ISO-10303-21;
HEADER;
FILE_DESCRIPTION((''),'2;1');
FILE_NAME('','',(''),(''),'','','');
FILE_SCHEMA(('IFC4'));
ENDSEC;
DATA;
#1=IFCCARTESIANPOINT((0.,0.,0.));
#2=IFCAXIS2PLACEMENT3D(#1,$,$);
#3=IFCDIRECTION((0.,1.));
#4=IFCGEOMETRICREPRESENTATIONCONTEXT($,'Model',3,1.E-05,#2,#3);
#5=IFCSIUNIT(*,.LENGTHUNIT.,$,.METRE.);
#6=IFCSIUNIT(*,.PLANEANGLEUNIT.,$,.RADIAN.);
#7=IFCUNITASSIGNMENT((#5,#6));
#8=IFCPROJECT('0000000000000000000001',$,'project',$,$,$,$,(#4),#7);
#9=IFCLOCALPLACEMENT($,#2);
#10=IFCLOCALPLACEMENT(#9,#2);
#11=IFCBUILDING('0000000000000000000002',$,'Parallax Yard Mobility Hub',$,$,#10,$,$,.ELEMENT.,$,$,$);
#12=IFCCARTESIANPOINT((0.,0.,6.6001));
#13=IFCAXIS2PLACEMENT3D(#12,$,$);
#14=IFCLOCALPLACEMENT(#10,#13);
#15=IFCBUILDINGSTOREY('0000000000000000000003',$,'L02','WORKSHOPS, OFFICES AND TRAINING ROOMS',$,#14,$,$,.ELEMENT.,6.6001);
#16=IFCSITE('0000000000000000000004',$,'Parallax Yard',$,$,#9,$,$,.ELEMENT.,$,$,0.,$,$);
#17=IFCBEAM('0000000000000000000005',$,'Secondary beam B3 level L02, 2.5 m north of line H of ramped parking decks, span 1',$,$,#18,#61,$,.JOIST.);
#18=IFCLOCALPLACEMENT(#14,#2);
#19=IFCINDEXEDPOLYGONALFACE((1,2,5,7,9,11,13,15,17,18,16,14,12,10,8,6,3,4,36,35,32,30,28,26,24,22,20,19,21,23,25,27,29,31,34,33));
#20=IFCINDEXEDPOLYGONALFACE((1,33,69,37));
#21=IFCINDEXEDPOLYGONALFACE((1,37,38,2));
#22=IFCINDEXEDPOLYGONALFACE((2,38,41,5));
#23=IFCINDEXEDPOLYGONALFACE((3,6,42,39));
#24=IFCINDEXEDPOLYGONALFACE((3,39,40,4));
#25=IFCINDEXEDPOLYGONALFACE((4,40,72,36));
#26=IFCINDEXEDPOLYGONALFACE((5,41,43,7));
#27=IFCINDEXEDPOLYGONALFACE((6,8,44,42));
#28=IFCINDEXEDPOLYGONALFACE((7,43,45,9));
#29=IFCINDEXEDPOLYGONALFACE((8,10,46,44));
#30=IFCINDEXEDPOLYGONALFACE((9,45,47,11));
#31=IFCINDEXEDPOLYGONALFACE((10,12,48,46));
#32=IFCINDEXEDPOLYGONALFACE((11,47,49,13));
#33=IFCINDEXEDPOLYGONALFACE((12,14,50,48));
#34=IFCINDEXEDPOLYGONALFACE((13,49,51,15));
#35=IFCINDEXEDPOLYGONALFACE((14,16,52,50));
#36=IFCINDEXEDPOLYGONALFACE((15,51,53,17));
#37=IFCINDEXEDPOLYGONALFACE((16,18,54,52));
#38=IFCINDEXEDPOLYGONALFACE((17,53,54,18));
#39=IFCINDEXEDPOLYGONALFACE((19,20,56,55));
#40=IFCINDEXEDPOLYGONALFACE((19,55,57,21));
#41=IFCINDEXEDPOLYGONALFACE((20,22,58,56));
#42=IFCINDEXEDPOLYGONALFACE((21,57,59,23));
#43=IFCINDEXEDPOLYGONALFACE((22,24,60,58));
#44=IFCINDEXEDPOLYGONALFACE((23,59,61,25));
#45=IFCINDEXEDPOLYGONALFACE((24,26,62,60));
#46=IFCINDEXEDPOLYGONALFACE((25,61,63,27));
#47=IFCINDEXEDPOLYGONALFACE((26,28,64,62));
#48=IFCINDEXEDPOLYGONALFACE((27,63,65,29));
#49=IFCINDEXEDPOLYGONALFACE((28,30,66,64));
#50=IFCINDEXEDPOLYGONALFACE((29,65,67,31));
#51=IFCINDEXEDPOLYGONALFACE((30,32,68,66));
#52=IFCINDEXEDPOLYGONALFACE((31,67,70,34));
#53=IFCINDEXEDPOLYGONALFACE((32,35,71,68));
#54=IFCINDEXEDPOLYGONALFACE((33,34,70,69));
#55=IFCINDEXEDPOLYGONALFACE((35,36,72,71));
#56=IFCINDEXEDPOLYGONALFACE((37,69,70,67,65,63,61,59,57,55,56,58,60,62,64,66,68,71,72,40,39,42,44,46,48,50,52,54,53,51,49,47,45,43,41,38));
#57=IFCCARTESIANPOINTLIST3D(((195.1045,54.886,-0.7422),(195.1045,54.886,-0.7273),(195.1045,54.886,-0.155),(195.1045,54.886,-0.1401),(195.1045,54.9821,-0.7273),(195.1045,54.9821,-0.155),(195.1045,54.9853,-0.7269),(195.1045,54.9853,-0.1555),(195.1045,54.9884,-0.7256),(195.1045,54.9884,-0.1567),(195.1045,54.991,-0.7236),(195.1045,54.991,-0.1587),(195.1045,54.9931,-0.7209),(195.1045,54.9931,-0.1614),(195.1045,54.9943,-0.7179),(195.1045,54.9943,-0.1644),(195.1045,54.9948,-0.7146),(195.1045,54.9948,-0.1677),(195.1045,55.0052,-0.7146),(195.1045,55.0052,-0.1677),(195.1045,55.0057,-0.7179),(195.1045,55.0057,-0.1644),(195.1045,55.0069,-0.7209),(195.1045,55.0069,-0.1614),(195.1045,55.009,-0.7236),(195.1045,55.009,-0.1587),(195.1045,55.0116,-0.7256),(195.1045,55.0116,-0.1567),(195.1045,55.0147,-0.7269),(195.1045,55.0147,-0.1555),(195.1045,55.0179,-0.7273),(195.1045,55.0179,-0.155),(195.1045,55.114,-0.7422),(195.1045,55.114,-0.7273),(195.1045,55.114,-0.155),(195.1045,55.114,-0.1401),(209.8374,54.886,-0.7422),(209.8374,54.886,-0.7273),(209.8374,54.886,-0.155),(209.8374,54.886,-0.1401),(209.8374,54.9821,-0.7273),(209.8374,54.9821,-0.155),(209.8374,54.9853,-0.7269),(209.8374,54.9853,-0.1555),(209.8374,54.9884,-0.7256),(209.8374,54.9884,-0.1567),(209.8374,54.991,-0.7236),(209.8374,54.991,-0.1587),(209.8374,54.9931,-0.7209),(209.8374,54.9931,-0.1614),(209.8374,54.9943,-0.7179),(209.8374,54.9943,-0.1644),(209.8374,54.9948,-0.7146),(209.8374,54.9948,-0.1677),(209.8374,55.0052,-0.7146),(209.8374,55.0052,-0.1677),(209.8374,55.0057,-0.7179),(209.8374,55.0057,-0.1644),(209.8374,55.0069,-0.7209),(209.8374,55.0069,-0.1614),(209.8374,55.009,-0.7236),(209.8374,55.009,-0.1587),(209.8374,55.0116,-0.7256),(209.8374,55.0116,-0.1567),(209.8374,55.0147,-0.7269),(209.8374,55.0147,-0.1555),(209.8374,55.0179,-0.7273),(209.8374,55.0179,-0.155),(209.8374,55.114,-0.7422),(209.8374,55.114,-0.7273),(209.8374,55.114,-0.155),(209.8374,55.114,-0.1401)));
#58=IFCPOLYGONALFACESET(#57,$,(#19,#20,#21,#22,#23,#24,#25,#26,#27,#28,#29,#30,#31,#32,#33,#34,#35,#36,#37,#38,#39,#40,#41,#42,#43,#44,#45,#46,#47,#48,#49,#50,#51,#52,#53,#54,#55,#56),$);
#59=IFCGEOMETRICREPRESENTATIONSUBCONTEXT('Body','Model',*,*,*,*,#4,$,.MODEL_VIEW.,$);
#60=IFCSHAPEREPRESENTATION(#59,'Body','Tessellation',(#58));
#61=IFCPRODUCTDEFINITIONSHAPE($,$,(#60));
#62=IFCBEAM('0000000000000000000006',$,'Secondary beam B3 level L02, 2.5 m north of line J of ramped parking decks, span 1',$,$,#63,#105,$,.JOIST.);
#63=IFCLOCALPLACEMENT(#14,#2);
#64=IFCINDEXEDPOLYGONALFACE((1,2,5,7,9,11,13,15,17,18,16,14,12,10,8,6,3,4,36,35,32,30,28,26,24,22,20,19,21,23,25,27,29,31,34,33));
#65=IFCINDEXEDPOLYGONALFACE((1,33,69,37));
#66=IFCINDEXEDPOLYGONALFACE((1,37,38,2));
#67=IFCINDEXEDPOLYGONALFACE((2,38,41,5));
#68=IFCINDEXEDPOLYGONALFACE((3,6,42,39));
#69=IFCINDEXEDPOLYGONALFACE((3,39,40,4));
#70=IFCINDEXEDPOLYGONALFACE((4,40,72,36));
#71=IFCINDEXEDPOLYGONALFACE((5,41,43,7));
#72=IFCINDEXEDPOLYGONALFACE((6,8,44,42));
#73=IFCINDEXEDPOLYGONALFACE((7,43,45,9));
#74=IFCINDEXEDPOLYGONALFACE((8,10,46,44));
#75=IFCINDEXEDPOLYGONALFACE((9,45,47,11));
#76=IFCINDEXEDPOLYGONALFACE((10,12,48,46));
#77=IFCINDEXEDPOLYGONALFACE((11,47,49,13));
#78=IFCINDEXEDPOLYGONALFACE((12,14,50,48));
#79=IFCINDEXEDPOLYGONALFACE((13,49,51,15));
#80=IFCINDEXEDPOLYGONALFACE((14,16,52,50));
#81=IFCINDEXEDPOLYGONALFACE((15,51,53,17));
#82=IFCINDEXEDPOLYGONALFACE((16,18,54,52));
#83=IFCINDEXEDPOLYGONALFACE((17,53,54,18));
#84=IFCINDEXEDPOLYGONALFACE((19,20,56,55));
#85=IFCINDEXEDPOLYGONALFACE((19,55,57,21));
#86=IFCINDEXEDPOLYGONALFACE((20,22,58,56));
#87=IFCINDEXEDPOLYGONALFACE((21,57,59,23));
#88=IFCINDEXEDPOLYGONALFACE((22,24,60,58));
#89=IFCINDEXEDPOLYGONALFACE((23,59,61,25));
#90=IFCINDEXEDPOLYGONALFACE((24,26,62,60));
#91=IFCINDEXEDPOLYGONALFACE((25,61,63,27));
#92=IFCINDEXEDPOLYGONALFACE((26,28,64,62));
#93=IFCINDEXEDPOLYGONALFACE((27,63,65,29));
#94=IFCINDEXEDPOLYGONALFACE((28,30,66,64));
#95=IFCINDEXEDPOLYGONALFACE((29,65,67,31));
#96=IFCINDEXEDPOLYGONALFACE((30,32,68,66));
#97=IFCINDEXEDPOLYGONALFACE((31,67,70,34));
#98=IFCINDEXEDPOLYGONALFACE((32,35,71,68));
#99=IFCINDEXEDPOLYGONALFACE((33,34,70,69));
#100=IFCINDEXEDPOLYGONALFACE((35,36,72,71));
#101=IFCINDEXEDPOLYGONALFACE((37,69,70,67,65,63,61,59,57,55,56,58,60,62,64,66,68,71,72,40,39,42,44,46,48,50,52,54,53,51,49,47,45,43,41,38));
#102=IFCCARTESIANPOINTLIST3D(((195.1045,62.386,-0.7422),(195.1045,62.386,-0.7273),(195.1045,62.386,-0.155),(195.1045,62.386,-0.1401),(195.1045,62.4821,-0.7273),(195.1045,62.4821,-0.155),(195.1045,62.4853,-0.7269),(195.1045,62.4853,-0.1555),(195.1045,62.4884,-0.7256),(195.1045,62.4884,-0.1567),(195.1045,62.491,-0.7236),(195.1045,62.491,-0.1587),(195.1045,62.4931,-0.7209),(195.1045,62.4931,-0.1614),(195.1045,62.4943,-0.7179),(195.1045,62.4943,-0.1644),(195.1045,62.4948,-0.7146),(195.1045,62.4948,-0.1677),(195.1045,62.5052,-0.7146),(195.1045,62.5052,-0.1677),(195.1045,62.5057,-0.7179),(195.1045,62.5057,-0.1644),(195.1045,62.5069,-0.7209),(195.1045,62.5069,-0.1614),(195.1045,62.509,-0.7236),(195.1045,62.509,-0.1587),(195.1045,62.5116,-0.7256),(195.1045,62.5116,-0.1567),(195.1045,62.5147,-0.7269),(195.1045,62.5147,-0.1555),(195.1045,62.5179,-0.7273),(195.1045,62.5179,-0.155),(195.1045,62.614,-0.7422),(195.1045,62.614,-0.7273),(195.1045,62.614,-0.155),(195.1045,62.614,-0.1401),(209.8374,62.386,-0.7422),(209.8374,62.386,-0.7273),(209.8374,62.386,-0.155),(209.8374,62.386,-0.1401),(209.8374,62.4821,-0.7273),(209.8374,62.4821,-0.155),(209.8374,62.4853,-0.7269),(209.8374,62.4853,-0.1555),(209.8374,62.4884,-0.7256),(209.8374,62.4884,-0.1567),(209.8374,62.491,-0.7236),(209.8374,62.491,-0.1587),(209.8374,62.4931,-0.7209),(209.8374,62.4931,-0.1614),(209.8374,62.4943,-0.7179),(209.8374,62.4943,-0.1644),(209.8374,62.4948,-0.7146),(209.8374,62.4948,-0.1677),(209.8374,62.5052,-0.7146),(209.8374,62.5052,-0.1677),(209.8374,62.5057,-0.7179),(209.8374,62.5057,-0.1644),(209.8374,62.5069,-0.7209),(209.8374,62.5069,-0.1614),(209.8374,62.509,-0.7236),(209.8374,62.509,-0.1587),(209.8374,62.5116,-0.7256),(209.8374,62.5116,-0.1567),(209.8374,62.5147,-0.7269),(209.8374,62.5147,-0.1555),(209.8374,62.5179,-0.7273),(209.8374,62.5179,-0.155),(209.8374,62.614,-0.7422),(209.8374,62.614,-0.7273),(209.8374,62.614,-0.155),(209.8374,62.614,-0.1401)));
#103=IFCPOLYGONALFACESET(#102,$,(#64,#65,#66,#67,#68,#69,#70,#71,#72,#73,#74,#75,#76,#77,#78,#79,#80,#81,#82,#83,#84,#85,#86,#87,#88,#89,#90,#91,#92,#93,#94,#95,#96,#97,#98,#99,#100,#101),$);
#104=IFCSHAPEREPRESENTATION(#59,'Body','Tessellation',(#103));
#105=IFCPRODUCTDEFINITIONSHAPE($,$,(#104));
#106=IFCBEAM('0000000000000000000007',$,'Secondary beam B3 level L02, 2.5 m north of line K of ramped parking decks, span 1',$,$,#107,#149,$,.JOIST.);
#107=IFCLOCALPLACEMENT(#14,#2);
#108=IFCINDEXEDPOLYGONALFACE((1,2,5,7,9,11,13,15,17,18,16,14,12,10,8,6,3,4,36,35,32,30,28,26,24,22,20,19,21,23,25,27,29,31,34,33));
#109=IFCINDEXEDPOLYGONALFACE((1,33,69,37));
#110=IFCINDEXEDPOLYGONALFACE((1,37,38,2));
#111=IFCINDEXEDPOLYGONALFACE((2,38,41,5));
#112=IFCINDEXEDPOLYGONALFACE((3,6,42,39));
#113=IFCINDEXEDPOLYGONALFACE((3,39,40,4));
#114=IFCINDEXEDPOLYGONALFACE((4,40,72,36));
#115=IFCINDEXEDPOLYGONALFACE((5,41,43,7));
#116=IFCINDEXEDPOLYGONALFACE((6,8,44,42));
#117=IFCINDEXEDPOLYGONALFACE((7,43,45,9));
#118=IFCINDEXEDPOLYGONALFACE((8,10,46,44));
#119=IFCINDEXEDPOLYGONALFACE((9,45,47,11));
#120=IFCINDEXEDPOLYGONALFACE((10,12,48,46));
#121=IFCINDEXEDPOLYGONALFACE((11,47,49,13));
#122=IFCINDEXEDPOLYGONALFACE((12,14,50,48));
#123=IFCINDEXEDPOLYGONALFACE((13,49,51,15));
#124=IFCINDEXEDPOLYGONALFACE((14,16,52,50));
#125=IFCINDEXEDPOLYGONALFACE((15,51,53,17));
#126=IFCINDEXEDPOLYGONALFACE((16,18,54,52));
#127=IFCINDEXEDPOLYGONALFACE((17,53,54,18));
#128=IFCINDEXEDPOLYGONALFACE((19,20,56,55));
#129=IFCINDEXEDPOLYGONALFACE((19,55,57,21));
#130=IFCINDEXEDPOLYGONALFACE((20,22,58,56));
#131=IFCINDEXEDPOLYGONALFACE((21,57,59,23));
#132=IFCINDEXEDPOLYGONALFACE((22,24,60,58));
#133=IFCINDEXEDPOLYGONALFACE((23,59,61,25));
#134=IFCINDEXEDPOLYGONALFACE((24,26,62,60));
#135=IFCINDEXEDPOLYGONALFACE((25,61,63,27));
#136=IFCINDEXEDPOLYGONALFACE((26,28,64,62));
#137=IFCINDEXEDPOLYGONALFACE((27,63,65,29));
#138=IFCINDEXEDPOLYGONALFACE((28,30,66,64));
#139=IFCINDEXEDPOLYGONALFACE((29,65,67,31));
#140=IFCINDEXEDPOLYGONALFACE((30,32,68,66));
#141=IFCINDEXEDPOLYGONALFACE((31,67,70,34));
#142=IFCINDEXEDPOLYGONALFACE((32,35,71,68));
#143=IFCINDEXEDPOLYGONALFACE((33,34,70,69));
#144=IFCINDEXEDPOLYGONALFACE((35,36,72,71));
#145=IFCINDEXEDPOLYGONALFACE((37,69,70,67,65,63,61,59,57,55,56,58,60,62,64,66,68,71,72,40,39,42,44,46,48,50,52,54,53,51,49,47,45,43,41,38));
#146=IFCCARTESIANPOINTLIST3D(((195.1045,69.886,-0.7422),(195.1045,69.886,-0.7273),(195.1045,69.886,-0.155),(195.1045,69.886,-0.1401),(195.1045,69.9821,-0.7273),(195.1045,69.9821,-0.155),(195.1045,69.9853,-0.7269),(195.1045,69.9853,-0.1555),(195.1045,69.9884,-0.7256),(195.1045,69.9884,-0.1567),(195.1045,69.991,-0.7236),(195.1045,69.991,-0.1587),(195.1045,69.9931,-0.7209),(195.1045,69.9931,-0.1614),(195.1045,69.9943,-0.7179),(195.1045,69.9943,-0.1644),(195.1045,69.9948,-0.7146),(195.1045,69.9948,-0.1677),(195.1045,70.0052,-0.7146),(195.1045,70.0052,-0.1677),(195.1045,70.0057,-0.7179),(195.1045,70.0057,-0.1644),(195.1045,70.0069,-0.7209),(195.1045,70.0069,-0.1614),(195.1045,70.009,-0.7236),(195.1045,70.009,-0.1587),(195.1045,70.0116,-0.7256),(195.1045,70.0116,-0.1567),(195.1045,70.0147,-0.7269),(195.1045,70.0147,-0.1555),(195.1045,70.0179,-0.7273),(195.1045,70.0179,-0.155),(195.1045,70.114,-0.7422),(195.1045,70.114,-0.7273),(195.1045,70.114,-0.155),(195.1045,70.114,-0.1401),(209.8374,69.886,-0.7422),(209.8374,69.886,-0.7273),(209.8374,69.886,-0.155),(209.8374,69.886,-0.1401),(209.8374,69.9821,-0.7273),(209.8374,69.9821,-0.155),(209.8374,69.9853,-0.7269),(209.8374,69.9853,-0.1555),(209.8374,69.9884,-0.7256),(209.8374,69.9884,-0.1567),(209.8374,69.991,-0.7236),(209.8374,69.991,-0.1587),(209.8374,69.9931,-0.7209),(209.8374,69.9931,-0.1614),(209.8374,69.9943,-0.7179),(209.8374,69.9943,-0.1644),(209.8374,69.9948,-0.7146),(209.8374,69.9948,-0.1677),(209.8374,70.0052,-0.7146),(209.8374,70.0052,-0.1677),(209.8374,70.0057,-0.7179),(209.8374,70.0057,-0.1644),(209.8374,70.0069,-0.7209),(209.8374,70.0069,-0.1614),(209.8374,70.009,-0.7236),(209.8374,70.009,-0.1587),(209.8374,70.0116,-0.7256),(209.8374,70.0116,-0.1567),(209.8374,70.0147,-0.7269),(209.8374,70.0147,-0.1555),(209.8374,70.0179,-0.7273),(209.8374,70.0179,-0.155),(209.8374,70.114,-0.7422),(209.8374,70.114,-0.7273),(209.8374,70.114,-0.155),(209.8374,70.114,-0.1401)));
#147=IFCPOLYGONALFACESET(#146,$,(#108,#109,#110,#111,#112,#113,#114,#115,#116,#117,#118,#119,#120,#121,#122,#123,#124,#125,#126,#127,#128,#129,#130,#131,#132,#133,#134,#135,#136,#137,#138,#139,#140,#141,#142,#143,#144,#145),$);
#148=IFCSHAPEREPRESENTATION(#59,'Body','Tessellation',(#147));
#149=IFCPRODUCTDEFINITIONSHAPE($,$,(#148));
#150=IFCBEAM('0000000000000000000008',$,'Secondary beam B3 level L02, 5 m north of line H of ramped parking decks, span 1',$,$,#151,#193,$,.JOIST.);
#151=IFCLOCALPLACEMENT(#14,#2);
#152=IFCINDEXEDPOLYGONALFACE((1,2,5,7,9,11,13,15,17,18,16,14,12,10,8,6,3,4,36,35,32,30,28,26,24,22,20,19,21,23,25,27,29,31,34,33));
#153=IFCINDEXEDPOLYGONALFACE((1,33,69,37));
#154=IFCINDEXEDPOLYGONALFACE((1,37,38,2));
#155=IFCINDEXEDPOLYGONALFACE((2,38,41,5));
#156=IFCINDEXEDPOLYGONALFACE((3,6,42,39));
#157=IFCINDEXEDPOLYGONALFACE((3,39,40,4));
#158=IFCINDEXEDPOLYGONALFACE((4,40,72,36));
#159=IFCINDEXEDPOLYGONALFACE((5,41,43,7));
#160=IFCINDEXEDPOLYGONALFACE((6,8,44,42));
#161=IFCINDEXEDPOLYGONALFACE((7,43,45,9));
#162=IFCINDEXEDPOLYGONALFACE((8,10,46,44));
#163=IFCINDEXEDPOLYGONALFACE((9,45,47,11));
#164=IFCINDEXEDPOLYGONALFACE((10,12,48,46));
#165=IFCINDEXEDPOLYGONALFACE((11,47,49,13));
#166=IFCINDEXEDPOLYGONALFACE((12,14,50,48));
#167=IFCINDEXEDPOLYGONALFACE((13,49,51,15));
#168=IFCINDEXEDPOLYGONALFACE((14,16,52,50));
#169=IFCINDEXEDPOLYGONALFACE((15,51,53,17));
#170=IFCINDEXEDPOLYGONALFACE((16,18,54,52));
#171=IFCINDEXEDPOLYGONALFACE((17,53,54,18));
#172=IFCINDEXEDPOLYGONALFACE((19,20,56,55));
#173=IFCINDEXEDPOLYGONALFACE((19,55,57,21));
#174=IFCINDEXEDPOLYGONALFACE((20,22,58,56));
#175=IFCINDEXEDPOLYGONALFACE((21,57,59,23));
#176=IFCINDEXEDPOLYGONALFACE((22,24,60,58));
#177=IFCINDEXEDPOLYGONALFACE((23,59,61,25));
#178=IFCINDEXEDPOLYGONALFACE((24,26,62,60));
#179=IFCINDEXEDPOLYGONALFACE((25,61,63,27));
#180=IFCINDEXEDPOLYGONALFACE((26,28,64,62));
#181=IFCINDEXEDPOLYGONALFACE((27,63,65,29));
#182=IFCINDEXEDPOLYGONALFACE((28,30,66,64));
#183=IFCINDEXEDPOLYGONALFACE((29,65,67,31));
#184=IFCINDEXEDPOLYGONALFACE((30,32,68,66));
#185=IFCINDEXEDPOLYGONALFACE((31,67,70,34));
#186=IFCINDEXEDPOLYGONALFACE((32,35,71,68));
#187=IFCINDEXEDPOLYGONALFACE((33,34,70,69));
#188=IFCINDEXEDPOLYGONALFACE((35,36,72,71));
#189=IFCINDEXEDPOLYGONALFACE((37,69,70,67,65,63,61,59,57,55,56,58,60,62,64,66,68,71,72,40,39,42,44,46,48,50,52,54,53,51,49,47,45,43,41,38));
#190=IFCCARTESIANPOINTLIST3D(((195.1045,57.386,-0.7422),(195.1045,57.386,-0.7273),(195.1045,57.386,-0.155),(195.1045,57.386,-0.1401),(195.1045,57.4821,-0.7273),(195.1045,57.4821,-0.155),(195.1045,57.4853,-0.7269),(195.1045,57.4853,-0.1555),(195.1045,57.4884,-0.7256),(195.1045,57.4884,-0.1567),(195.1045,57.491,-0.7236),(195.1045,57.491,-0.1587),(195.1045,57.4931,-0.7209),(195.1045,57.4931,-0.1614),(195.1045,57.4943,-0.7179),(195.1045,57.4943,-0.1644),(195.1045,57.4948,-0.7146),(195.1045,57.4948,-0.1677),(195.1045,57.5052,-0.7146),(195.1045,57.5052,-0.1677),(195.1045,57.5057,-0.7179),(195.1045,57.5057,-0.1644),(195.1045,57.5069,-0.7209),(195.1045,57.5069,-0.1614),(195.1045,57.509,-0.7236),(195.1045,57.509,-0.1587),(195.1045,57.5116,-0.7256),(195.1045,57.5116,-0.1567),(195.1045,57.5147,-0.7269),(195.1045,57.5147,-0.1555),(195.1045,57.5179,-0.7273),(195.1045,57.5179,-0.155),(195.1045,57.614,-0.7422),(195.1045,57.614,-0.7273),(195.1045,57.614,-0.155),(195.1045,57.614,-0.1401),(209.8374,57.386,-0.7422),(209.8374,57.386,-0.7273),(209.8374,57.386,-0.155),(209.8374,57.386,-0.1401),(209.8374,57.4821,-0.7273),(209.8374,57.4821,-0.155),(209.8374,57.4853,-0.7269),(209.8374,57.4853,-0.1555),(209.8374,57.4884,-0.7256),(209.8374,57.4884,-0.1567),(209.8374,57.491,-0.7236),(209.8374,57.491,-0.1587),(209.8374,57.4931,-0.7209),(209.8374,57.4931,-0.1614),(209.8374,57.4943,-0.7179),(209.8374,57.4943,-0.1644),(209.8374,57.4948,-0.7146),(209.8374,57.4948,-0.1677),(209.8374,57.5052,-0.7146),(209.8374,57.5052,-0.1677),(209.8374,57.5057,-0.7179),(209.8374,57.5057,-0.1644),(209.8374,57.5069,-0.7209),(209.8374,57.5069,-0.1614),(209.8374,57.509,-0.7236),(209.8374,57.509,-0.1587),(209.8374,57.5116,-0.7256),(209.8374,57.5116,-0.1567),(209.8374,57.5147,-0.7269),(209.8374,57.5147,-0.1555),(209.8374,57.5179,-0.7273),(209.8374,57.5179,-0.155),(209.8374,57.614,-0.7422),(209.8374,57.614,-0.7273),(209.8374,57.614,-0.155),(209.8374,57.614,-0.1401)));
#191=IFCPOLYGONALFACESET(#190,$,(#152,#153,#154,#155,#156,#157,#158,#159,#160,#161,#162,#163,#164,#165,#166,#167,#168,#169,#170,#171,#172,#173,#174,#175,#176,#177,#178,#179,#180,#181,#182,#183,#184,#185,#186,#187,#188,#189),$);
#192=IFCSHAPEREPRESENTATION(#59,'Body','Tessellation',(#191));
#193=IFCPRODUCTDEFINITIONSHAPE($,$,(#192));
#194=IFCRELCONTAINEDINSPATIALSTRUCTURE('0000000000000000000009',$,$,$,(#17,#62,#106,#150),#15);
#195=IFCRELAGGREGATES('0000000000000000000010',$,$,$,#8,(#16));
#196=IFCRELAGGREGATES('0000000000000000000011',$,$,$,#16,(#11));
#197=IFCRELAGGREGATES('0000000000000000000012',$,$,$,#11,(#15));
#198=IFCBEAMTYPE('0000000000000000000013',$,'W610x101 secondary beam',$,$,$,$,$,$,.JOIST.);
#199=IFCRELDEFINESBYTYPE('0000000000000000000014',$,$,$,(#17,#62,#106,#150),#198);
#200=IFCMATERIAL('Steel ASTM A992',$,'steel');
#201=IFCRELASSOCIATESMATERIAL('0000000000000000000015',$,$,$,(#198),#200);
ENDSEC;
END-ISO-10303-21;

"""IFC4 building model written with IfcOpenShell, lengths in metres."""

from ifc_helpers import new_model, si_unit, direction, frame, origin, origin_2d, place, context, subcontext, project, spatial, i_section, extrude, material, material_profile, profile_set, type_object, element, save


model = new_model("IFC4")

# Units and contexts
model_context = context("Model", 3, precision=1e-05, world=origin(), true_north=direction((0.0, 1.0)))
body_context = subcontext(model_context, "Body", "Model", "MODEL_VIEW")
ifc_project = project(units=[si_unit("LENGTHUNIT", "METRE"), si_unit("PLANEANGLEUNIT", "RADIAN")], contexts=[model_context])

# Site, building, storey
site_placement = place(None, origin())
site = spatial("IfcSite", under=ifc_project, at=site_placement, Name="Parallax Yard", CompositionType="ELEMENT", RefElevation=0.0)
building_placement = place(site_placement, origin())
building = spatial("IfcBuilding", under=site, at=building_placement, Name="Parallax Yard Mobility Hub", CompositionType="ELEMENT")
storey_placement = place(building_placement, frame((0.0, 0.0, 6.6001)))
storey = spatial("IfcBuildingStorey", under=building, at=storey_placement, Name="L02", Description="WORKSHOPS, OFFICES AND TRAINING ROOMS", CompositionType="ELEMENT", Elevation=6.6001)

# Shared definitions
ifc_material_1 = material(Name="Steel ASTM A992", Category="steel")

# Beams
ifc_material_profile_1 = material_profile(ifc_material_1, i_section(OverallWidth=0.228, OverallDepth=0.6021, WebThickness=0.0105, FlangeThickness=0.0149, FilletRadius=0.0127, at=origin_2d()), Name="W610x101")
ifc_profile_set_1 = profile_set([ifc_material_profile_1], Name="Steel ASTM A992")
beam_type_1 = type_object("IfcBeamType", Name="W610x101 secondary beam", PredefinedType="JOIST", material=ifc_profile_set_1)
for number, where, z_axis, x_axis, name in (
    (1, (195.1045, 55.0, -0.4412), (1.0, 0.0, 0.0), (0.0, 1.0, 0.0), "Secondary beam B3 level L02, 2.5 m north of line H of ramped parking decks, span 1"),
    (2, (195.1045, 62.5, -0.4412), (1.0, 0.0, 0.0), (0.0, 1.0, 0.0), "Secondary beam B3 level L02, 2.5 m north of line J of ramped parking decks, span 1"),
    (3, (195.1045, 70.0, -0.4412), (1.0, 0.0, 0.0), (0.0, 1.0, 0.0), "Secondary beam B3 level L02, 2.5 m north of line K of ramped parking decks, span 1"),
    (4, (195.1045, 57.5, -0.4412), (1.0, 0.0, 0.0), (0.0, 1.0, 0.0), "Secondary beam B3 level L02, 5 m north of line H of ramped parking decks, span 1"),
):
    element("IfcBeam", number, at=place(storey_placement, frame(where, z_axis=z_axis, x_axis=x_axis)), inside=storey, type_object=beam_type_1, Name=name, PredefinedType="JOIST", context=body_context, shape_type="SweptSolid", body=[
        extrude(i_section(OverallWidth=0.228, OverallDepth=0.6021, WebThickness=0.0105, FlangeThickness=0.0149, FilletRadius=0.0127, at=origin_2d()), origin(), (0.0, 0.0, 1.0), 14.7329),
    ])

save(model, "model.ifc")
